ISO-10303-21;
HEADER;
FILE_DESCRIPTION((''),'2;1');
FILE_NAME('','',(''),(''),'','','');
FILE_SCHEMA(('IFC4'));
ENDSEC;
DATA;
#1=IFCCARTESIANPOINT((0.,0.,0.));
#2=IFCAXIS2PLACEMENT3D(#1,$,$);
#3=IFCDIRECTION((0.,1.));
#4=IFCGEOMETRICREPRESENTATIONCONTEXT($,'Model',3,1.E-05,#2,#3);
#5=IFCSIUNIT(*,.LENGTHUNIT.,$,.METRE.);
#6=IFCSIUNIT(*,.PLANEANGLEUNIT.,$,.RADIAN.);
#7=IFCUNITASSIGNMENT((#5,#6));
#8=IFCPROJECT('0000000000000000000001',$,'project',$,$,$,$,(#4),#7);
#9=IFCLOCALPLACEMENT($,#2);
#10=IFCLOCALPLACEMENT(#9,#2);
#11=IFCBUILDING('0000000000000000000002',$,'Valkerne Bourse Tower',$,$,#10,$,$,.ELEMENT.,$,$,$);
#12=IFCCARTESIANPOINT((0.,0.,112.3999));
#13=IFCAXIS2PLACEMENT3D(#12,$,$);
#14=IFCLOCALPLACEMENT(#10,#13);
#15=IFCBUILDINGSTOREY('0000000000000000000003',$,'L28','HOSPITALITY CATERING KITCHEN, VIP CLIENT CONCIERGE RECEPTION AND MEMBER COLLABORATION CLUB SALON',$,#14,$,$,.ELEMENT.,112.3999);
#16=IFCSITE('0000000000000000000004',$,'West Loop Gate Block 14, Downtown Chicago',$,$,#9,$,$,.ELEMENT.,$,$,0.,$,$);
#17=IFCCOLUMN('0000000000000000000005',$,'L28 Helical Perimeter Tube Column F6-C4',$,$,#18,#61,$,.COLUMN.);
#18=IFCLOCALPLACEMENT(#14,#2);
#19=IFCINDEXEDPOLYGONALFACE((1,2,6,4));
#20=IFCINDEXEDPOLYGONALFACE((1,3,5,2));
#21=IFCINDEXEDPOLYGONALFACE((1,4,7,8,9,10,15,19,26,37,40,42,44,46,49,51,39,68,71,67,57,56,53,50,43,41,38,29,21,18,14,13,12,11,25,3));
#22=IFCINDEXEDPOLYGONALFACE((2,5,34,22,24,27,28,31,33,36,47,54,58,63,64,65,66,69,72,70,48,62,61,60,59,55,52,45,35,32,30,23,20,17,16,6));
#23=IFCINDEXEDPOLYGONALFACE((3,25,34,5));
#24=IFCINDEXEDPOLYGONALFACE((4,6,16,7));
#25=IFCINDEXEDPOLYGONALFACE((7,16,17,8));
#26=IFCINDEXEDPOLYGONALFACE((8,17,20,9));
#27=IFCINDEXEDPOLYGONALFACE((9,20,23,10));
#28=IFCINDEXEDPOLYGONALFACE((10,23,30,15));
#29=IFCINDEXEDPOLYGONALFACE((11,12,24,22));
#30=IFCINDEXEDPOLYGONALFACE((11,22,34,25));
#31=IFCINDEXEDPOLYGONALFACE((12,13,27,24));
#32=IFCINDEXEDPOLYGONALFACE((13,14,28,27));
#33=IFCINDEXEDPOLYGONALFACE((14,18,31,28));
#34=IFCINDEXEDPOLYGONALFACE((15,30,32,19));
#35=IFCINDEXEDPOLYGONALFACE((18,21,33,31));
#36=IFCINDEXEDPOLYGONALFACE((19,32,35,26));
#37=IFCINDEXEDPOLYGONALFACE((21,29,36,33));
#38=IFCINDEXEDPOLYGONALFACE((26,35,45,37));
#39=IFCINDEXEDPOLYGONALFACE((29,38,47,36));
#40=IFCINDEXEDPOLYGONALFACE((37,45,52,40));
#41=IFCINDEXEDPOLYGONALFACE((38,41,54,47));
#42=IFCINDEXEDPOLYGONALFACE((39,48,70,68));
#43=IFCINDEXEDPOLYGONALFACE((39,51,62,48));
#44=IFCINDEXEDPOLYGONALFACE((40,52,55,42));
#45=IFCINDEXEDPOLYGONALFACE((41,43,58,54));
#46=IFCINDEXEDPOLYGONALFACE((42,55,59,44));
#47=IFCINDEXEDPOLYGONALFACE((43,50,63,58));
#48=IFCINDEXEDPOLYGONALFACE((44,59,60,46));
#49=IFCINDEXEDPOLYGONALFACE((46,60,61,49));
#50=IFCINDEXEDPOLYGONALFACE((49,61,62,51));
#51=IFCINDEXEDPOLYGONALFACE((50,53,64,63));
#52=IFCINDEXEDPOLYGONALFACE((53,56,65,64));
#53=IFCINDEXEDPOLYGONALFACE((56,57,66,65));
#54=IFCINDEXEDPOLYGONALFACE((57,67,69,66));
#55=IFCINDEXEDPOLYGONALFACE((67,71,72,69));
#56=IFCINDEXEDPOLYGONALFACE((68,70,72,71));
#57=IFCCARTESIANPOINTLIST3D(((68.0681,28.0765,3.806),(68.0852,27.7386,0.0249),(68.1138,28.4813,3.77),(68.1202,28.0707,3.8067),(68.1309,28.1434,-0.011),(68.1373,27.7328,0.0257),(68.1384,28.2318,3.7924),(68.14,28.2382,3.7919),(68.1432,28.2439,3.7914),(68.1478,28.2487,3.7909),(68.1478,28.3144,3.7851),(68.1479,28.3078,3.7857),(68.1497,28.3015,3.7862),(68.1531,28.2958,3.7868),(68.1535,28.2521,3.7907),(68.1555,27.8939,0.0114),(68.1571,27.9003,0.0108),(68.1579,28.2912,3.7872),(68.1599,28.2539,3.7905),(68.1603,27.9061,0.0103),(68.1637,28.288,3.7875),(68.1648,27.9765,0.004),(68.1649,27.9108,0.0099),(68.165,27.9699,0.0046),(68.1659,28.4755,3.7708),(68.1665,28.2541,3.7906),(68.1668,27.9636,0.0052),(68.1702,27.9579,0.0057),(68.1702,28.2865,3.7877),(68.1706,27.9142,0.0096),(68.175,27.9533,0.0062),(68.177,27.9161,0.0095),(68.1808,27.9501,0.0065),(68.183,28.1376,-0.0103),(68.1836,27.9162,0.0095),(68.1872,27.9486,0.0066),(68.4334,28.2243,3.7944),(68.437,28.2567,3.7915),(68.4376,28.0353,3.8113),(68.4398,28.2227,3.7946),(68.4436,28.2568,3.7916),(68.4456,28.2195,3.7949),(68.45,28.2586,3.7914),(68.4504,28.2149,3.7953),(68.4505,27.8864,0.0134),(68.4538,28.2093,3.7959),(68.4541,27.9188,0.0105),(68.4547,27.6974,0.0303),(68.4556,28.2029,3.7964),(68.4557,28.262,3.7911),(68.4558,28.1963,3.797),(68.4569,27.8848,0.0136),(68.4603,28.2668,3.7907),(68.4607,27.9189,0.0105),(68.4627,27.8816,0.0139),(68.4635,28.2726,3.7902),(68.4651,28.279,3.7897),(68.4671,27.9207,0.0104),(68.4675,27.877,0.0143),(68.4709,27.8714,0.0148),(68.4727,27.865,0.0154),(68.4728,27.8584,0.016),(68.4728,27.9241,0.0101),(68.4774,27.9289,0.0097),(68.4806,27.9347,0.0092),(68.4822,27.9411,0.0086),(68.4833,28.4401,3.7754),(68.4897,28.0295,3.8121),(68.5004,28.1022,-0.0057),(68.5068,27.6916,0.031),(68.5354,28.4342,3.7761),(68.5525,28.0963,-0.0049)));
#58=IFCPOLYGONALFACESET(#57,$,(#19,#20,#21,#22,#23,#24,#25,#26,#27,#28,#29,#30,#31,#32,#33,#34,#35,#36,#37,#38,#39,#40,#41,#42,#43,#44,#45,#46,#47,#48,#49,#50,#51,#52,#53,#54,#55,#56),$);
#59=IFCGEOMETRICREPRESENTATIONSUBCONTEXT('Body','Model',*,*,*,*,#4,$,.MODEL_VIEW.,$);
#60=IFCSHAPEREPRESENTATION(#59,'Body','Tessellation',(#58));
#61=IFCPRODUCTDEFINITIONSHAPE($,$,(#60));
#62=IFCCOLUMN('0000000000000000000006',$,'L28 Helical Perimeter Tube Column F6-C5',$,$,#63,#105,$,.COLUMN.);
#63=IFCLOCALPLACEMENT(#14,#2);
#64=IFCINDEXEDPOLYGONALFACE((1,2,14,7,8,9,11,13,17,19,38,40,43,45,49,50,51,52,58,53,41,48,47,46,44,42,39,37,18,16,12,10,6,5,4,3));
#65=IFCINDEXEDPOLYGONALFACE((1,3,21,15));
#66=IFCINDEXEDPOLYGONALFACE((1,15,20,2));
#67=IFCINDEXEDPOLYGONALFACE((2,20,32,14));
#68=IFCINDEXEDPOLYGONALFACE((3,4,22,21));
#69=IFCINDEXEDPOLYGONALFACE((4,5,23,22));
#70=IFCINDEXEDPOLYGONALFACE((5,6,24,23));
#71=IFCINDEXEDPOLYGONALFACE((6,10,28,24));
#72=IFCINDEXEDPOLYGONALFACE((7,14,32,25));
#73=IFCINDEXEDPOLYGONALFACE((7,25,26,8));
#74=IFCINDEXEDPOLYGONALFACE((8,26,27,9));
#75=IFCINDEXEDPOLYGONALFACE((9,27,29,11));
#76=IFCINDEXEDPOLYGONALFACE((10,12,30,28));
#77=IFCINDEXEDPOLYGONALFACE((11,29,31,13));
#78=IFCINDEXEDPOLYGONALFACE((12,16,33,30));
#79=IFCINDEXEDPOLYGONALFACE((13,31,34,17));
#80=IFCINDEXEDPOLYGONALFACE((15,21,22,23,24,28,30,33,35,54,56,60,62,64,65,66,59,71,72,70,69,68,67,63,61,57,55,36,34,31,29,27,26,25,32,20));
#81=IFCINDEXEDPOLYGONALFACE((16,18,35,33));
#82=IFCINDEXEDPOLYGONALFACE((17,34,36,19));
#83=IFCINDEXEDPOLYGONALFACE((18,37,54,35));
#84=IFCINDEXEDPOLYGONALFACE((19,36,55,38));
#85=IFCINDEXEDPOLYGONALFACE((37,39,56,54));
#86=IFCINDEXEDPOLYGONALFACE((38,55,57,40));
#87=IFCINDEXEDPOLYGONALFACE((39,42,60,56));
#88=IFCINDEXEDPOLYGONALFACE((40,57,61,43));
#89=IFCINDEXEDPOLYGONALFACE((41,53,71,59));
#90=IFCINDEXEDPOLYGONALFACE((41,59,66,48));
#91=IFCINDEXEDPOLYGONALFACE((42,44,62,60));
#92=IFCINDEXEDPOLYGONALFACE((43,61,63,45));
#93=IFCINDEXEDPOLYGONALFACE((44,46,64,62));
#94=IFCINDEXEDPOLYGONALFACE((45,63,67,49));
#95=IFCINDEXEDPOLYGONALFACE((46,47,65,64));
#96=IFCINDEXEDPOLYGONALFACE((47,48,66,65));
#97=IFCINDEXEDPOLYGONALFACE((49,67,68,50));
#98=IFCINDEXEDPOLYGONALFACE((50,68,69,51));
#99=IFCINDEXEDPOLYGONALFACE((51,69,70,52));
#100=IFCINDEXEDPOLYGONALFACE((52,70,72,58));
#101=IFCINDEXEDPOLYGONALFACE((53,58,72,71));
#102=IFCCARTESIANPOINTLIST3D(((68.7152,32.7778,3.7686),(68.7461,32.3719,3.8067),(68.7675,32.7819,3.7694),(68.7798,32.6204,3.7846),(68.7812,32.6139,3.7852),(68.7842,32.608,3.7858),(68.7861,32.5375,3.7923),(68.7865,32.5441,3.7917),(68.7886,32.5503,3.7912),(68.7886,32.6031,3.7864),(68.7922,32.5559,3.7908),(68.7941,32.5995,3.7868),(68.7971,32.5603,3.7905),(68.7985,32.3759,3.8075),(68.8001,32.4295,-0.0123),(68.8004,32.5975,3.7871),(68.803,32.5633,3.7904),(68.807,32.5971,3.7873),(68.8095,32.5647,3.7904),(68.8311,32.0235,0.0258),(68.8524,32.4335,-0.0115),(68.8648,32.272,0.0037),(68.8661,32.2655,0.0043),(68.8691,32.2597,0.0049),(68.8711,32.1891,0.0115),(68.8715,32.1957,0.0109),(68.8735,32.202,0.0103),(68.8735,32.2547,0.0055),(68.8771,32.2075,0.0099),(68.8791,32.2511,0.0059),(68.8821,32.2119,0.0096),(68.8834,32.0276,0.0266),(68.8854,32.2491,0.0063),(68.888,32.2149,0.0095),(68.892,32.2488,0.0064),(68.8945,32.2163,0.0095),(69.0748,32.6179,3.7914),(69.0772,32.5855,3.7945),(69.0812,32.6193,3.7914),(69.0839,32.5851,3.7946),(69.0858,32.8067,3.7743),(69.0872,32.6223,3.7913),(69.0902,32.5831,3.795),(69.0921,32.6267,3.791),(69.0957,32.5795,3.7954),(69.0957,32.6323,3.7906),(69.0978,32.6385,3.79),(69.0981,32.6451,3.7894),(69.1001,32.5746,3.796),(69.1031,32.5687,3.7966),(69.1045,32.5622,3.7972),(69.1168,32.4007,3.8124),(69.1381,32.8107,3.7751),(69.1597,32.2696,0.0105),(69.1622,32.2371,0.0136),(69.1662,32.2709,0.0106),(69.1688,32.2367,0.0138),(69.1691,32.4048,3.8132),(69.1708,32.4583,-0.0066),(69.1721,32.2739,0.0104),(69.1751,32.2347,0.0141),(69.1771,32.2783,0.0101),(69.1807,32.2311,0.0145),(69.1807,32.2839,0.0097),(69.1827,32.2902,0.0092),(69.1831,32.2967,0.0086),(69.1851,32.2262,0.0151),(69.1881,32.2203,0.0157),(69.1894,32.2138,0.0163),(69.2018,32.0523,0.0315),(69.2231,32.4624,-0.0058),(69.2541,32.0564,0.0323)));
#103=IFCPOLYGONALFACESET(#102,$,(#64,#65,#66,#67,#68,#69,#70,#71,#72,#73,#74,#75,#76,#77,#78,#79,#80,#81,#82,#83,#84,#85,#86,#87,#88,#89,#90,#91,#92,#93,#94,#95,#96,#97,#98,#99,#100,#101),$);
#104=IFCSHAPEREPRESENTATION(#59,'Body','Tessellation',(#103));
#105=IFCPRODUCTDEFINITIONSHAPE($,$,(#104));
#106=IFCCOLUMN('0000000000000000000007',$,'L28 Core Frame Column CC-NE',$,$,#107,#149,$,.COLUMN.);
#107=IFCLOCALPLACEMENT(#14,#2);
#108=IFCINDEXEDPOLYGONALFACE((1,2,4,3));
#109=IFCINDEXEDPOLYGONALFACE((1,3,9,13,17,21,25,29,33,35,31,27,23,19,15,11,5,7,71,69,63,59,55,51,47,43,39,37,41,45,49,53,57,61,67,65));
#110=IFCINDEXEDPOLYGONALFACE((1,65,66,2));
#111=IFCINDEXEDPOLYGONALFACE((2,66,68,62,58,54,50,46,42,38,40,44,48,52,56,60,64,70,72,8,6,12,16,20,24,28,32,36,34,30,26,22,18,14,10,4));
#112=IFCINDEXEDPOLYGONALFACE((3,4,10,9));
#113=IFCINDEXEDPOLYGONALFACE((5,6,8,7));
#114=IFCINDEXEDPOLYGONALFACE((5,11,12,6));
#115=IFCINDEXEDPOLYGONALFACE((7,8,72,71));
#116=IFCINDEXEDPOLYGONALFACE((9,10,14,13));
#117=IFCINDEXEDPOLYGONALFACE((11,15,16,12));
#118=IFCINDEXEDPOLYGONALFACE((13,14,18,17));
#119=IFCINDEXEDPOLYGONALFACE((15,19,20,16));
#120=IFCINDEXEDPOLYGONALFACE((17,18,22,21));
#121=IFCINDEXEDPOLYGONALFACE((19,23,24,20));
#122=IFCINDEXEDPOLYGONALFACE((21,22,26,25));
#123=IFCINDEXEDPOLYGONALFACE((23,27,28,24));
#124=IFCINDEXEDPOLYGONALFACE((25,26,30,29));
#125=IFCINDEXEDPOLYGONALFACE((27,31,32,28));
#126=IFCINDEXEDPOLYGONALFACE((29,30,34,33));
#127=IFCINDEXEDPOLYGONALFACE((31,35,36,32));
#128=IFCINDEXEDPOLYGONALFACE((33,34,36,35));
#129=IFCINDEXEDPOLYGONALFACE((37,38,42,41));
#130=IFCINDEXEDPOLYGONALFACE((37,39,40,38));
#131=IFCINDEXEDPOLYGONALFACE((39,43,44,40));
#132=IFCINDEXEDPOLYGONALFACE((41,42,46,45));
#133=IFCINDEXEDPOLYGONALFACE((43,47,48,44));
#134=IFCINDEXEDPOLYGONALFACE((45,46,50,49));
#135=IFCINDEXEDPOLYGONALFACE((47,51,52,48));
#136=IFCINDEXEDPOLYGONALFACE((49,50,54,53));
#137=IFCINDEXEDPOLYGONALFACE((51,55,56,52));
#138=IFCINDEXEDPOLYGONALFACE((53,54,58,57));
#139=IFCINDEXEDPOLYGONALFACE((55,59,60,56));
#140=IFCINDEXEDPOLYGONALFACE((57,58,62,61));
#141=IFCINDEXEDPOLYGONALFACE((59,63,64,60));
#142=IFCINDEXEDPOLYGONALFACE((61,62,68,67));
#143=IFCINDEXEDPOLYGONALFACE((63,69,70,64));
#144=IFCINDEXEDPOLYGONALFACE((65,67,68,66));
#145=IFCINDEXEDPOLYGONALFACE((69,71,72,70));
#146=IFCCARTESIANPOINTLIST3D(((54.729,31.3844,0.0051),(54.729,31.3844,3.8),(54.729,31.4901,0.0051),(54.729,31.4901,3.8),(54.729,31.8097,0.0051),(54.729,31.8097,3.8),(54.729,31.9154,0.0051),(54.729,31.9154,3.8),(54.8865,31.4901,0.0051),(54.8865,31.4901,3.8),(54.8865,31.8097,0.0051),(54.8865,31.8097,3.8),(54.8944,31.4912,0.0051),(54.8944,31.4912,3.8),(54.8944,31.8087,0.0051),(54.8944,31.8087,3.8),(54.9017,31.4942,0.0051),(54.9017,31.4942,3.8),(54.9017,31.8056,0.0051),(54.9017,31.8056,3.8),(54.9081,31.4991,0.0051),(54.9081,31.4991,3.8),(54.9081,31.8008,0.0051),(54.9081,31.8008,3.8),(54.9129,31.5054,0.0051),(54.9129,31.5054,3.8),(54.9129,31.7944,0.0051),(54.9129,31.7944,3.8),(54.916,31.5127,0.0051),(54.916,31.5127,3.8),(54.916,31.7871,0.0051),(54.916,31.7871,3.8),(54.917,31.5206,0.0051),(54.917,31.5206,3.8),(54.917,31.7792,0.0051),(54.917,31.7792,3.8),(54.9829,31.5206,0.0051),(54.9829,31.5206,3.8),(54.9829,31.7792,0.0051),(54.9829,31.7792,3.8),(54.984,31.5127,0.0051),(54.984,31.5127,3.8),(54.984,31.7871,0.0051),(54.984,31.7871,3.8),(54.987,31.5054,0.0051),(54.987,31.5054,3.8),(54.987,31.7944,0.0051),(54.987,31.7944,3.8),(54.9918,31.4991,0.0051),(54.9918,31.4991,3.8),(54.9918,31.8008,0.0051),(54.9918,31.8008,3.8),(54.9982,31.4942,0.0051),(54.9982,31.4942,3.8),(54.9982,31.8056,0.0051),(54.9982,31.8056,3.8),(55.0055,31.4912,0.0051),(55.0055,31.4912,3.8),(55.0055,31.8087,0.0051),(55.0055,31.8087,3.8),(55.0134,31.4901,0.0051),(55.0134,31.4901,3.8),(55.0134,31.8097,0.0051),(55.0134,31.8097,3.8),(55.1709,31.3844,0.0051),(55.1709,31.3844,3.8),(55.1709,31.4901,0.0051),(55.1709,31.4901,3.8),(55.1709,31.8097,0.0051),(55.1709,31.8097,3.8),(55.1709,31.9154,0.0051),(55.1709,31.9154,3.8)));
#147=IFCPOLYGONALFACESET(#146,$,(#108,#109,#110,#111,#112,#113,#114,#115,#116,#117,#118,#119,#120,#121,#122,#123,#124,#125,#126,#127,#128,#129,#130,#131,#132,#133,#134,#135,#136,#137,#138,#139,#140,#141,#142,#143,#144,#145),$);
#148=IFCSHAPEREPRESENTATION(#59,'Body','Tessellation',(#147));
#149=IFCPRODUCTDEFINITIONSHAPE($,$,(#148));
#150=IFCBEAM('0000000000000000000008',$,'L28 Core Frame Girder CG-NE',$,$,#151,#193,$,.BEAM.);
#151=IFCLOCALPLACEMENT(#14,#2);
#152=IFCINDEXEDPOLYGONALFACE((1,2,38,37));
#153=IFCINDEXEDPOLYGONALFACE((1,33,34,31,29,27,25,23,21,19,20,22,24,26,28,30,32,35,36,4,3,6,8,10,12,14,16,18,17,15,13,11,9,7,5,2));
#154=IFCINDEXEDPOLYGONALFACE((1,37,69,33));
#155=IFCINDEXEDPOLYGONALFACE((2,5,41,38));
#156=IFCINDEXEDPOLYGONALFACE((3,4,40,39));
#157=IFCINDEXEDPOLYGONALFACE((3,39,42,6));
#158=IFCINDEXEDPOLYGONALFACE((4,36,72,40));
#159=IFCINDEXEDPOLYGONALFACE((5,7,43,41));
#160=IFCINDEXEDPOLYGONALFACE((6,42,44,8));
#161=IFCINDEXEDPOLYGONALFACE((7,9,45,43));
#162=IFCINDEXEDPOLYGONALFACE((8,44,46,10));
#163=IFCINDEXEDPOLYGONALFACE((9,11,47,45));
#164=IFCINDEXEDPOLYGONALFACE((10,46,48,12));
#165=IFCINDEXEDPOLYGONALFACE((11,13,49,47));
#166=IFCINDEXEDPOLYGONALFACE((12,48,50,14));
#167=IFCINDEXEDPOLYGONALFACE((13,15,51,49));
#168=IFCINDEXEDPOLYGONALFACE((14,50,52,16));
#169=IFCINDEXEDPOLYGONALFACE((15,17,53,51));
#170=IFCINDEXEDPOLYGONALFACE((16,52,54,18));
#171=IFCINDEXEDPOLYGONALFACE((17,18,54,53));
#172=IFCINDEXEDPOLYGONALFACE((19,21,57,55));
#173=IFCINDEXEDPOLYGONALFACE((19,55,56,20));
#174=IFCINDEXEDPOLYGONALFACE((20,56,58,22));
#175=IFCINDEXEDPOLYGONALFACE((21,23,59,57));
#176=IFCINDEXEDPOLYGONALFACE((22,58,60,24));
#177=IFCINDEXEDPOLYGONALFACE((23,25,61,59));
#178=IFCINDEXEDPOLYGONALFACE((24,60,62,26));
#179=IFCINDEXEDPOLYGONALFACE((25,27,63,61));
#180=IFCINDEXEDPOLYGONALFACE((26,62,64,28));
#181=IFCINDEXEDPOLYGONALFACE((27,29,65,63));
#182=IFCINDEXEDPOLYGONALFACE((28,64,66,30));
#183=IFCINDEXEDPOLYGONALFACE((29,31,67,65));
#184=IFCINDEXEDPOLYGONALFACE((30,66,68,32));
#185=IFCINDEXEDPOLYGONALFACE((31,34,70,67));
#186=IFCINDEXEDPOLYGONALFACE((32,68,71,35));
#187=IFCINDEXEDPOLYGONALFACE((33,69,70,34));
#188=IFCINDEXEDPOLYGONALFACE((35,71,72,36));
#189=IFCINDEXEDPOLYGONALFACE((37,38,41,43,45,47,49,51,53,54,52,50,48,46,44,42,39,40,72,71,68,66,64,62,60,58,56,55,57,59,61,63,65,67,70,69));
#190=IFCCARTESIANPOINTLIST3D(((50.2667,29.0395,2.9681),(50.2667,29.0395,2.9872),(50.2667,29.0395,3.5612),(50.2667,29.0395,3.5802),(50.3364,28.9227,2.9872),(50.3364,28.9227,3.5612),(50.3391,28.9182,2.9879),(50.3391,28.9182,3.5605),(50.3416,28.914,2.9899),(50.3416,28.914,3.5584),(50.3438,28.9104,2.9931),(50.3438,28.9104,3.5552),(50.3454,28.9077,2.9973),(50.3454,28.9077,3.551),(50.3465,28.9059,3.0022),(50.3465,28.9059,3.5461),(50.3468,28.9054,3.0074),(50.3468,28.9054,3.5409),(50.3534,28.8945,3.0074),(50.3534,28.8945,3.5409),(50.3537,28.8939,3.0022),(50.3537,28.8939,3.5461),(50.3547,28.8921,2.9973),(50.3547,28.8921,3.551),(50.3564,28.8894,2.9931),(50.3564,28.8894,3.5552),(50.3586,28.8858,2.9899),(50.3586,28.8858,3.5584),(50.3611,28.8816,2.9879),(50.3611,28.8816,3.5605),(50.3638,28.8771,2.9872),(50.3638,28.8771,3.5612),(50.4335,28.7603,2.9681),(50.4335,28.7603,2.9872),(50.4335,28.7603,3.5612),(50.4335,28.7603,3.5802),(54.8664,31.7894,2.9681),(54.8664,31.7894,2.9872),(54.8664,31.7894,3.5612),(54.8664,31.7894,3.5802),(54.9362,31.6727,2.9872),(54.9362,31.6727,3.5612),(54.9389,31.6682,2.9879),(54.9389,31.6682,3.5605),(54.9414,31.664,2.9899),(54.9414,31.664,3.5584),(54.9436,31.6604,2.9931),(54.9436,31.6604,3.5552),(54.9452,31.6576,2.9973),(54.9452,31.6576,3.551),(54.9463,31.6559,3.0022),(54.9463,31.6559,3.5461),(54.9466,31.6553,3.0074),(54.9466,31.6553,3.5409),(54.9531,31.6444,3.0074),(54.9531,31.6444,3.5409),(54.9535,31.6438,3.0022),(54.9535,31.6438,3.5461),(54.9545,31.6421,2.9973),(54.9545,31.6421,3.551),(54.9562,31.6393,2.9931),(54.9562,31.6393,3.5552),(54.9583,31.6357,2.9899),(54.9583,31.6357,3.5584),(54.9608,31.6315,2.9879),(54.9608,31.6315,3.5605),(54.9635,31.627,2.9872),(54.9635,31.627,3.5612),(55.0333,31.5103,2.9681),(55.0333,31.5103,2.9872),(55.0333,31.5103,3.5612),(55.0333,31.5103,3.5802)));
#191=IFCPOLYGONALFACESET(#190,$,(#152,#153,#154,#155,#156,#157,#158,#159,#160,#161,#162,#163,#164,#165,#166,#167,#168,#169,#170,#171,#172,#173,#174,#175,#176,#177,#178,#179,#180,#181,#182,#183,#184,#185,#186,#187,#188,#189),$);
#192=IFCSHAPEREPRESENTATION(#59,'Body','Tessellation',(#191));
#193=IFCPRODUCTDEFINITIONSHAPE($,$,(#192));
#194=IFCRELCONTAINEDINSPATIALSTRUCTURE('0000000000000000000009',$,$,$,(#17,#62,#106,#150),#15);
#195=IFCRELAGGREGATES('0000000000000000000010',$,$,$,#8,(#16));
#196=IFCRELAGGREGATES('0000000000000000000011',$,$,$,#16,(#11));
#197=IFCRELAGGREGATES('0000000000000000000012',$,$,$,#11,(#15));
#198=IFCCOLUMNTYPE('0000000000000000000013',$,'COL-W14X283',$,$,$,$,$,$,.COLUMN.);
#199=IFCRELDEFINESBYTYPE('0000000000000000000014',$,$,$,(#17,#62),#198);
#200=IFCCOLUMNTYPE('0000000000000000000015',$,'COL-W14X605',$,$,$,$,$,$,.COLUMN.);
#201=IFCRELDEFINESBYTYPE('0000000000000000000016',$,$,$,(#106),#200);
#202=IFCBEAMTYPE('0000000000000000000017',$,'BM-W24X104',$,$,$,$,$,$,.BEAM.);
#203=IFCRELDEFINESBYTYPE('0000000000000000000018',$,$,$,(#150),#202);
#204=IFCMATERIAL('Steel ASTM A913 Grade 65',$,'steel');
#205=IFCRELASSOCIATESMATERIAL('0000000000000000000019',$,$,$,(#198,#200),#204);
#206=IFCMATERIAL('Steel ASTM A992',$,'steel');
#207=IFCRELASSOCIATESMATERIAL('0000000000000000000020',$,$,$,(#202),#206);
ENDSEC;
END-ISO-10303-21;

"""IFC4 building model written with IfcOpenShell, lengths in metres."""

from ifc_helpers import new_model, si_unit, direction, frame, origin, origin_2d, place, context, subcontext, project, spatial, i_section, extrude, material, material_profile, profile_set, type_object, element, save


model = new_model("IFC4")

# Units and contexts
model_context = context("Model", 3, precision=1e-05, world=origin(), true_north=direction((0.0, 1.0)))
body_context = subcontext(model_context, "Body", "Model", "MODEL_VIEW")
ifc_project = project(units=[si_unit("LENGTHUNIT", "METRE"), si_unit("PLANEANGLEUNIT", "RADIAN")], contexts=[model_context])

# Site, building, storey
site_placement = place(None, origin())
site = spatial("IfcSite", under=ifc_project, at=site_placement, Name="West Loop Gate Block 14, Downtown Chicago", CompositionType="ELEMENT", RefElevation=0.0)
building_placement = place(site_placement, origin())
building = spatial("IfcBuilding", under=site, at=building_placement, Name="Valkerne Bourse Tower", CompositionType="ELEMENT")
storey_placement = place(building_placement, frame((0.0, 0.0, 112.3999)))
storey = spatial("IfcBuildingStorey", under=building, at=storey_placement, Name="L28", Description="HOSPITALITY CATERING KITCHEN, VIP CLIENT CONCIERGE RECEPTION AND MEMBER COLLABORATION CLUB SALON", CompositionType="ELEMENT", Elevation=112.3999)

# Columns
ifc_material_1 = material(Name="Steel ASTM A913 Grade 65", Category="steel")
ifc_material_profile_1 = material_profile(ifc_material_1, i_section(OverallWidth=0.4089, OverallDepth=0.4243, WebThickness=0.0327, FlangeThickness=0.0525, FilletRadius=0.0254, at=origin_2d()), Name="W14X283")
ifc_profile_set_1 = profile_set([ifc_material_profile_1], Name="Steel ASTM A913 Grade 65")
column_type_1 = type_object("IfcColumnType", Name="COL-W14X283", PredefinedType="COLUMN", material=ifc_profile_set_1)
column_1_placement = place(storey_placement, frame((68.3188, 27.9175, 0.01), z_axis=(-0.004502, 0.08901, 0.996021), x_axis=(-0.111746, -0.989837, 0.087952)))
element("IfcColumn", 1, at=column_1_placement, inside=storey, type_object=column_type_1, Name="L28 Helical Perimeter Tube Column F6-C4", PredefinedType="COLUMN", context=body_context, shape_type="SweptSolid", body=[
    extrude(i_section(OverallWidth=0.4089, OverallDepth=0.4243, WebThickness=0.0327, FlangeThickness=0.0525, FilletRadius=0.0254, at=origin_2d()), origin(), (0.0, 0.0, 1.0), 3.7961),
])
column_2_placement = place(storey_placement, frame((69.0271, 32.2429, 0.01), z_axis=(-0.02237, 0.09173, 0.995533), x_axis=(0.075763, -0.992763, 0.093177)))
element("IfcColumn", 2, at=column_2_placement, inside=storey, type_object=column_type_1, Name="L28 Helical Perimeter Tube Column F6-C5", PredefinedType="COLUMN", context=body_context, shape_type="SweptSolid", body=[
    extrude(i_section(OverallWidth=0.4089, OverallDepth=0.4243, WebThickness=0.0327, FlangeThickness=0.0525, FilletRadius=0.0254, at=origin_2d()), origin(), (0.0, 0.0, 1.0), 3.7979),
])
ifc_material_profile_2 = material_profile(ifc_material_1, i_section(OverallWidth=0.4419, OverallDepth=0.531, WebThickness=0.0659, FlangeThickness=0.1057, FilletRadius=0.0305, at=origin_2d()), Name="W14X605")
ifc_profile_set_2 = profile_set([ifc_material_profile_2], Name="Steel ASTM A913 Grade 65")
column_type_2 = type_object("IfcColumnType", Name="COL-W14X605", PredefinedType="COLUMN", material=ifc_profile_set_2)
column_3_placement = place(storey_placement, frame((54.95, 31.6499, 0.0051), z_axis=(0.0, 0.0, 1.0), x_axis=(1.0, 0.0, 0.0)))
element("IfcColumn", 3, at=column_3_placement, inside=storey, type_object=column_type_2, Name="L28 Core Frame Column CC-NE", PredefinedType="COLUMN", context=body_context, shape_type="SweptSolid", body=[
    extrude(i_section(OverallWidth=0.4419, OverallDepth=0.531, WebThickness=0.0659, FlangeThickness=0.1057, FilletRadius=0.0305, at=origin_2d()), origin(), (0.0, 0.0, 1.0), 3.7949),
])

# Beam
ifc_material_2 = material(Name="Steel ASTM A992", Category="steel")
ifc_material_profile_3 = material_profile(ifc_material_2, i_section(OverallWidth=0.3252, OverallDepth=0.6121, WebThickness=0.0127, FlangeThickness=0.019, FilletRadius=0.0203, at=origin_2d()), Name="W24X104")
ifc_profile_set_3 = profile_set([ifc_material_profile_3], Name="Steel ASTM A992")
beam_type_1 = type_object("IfcBeamType", Name="BM-W24X104", PredefinedType="BEAM", material=ifc_profile_set_3)
beam_1_placement = place(storey_placement, frame((50.3501, 28.8999, 3.2742), z_axis=(0.858308, 0.513135, 0.0), x_axis=(-0.513135, 0.858308, 0.0)))
element("IfcBeam", 4, at=beam_1_placement, inside=storey, type_object=beam_type_1, Name="L28 Core Frame Girder CG-NE", PredefinedType="BEAM", context=body_context, shape_type="SweptSolid", body=[
    extrude(i_section(OverallWidth=0.3252, OverallDepth=0.6121, WebThickness=0.0127, FlangeThickness=0.019, FilletRadius=0.0203, at=origin_2d()), origin(), (0.0, 0.0, 1.0), 5.3591),
])

save(model, "model.ifc")
